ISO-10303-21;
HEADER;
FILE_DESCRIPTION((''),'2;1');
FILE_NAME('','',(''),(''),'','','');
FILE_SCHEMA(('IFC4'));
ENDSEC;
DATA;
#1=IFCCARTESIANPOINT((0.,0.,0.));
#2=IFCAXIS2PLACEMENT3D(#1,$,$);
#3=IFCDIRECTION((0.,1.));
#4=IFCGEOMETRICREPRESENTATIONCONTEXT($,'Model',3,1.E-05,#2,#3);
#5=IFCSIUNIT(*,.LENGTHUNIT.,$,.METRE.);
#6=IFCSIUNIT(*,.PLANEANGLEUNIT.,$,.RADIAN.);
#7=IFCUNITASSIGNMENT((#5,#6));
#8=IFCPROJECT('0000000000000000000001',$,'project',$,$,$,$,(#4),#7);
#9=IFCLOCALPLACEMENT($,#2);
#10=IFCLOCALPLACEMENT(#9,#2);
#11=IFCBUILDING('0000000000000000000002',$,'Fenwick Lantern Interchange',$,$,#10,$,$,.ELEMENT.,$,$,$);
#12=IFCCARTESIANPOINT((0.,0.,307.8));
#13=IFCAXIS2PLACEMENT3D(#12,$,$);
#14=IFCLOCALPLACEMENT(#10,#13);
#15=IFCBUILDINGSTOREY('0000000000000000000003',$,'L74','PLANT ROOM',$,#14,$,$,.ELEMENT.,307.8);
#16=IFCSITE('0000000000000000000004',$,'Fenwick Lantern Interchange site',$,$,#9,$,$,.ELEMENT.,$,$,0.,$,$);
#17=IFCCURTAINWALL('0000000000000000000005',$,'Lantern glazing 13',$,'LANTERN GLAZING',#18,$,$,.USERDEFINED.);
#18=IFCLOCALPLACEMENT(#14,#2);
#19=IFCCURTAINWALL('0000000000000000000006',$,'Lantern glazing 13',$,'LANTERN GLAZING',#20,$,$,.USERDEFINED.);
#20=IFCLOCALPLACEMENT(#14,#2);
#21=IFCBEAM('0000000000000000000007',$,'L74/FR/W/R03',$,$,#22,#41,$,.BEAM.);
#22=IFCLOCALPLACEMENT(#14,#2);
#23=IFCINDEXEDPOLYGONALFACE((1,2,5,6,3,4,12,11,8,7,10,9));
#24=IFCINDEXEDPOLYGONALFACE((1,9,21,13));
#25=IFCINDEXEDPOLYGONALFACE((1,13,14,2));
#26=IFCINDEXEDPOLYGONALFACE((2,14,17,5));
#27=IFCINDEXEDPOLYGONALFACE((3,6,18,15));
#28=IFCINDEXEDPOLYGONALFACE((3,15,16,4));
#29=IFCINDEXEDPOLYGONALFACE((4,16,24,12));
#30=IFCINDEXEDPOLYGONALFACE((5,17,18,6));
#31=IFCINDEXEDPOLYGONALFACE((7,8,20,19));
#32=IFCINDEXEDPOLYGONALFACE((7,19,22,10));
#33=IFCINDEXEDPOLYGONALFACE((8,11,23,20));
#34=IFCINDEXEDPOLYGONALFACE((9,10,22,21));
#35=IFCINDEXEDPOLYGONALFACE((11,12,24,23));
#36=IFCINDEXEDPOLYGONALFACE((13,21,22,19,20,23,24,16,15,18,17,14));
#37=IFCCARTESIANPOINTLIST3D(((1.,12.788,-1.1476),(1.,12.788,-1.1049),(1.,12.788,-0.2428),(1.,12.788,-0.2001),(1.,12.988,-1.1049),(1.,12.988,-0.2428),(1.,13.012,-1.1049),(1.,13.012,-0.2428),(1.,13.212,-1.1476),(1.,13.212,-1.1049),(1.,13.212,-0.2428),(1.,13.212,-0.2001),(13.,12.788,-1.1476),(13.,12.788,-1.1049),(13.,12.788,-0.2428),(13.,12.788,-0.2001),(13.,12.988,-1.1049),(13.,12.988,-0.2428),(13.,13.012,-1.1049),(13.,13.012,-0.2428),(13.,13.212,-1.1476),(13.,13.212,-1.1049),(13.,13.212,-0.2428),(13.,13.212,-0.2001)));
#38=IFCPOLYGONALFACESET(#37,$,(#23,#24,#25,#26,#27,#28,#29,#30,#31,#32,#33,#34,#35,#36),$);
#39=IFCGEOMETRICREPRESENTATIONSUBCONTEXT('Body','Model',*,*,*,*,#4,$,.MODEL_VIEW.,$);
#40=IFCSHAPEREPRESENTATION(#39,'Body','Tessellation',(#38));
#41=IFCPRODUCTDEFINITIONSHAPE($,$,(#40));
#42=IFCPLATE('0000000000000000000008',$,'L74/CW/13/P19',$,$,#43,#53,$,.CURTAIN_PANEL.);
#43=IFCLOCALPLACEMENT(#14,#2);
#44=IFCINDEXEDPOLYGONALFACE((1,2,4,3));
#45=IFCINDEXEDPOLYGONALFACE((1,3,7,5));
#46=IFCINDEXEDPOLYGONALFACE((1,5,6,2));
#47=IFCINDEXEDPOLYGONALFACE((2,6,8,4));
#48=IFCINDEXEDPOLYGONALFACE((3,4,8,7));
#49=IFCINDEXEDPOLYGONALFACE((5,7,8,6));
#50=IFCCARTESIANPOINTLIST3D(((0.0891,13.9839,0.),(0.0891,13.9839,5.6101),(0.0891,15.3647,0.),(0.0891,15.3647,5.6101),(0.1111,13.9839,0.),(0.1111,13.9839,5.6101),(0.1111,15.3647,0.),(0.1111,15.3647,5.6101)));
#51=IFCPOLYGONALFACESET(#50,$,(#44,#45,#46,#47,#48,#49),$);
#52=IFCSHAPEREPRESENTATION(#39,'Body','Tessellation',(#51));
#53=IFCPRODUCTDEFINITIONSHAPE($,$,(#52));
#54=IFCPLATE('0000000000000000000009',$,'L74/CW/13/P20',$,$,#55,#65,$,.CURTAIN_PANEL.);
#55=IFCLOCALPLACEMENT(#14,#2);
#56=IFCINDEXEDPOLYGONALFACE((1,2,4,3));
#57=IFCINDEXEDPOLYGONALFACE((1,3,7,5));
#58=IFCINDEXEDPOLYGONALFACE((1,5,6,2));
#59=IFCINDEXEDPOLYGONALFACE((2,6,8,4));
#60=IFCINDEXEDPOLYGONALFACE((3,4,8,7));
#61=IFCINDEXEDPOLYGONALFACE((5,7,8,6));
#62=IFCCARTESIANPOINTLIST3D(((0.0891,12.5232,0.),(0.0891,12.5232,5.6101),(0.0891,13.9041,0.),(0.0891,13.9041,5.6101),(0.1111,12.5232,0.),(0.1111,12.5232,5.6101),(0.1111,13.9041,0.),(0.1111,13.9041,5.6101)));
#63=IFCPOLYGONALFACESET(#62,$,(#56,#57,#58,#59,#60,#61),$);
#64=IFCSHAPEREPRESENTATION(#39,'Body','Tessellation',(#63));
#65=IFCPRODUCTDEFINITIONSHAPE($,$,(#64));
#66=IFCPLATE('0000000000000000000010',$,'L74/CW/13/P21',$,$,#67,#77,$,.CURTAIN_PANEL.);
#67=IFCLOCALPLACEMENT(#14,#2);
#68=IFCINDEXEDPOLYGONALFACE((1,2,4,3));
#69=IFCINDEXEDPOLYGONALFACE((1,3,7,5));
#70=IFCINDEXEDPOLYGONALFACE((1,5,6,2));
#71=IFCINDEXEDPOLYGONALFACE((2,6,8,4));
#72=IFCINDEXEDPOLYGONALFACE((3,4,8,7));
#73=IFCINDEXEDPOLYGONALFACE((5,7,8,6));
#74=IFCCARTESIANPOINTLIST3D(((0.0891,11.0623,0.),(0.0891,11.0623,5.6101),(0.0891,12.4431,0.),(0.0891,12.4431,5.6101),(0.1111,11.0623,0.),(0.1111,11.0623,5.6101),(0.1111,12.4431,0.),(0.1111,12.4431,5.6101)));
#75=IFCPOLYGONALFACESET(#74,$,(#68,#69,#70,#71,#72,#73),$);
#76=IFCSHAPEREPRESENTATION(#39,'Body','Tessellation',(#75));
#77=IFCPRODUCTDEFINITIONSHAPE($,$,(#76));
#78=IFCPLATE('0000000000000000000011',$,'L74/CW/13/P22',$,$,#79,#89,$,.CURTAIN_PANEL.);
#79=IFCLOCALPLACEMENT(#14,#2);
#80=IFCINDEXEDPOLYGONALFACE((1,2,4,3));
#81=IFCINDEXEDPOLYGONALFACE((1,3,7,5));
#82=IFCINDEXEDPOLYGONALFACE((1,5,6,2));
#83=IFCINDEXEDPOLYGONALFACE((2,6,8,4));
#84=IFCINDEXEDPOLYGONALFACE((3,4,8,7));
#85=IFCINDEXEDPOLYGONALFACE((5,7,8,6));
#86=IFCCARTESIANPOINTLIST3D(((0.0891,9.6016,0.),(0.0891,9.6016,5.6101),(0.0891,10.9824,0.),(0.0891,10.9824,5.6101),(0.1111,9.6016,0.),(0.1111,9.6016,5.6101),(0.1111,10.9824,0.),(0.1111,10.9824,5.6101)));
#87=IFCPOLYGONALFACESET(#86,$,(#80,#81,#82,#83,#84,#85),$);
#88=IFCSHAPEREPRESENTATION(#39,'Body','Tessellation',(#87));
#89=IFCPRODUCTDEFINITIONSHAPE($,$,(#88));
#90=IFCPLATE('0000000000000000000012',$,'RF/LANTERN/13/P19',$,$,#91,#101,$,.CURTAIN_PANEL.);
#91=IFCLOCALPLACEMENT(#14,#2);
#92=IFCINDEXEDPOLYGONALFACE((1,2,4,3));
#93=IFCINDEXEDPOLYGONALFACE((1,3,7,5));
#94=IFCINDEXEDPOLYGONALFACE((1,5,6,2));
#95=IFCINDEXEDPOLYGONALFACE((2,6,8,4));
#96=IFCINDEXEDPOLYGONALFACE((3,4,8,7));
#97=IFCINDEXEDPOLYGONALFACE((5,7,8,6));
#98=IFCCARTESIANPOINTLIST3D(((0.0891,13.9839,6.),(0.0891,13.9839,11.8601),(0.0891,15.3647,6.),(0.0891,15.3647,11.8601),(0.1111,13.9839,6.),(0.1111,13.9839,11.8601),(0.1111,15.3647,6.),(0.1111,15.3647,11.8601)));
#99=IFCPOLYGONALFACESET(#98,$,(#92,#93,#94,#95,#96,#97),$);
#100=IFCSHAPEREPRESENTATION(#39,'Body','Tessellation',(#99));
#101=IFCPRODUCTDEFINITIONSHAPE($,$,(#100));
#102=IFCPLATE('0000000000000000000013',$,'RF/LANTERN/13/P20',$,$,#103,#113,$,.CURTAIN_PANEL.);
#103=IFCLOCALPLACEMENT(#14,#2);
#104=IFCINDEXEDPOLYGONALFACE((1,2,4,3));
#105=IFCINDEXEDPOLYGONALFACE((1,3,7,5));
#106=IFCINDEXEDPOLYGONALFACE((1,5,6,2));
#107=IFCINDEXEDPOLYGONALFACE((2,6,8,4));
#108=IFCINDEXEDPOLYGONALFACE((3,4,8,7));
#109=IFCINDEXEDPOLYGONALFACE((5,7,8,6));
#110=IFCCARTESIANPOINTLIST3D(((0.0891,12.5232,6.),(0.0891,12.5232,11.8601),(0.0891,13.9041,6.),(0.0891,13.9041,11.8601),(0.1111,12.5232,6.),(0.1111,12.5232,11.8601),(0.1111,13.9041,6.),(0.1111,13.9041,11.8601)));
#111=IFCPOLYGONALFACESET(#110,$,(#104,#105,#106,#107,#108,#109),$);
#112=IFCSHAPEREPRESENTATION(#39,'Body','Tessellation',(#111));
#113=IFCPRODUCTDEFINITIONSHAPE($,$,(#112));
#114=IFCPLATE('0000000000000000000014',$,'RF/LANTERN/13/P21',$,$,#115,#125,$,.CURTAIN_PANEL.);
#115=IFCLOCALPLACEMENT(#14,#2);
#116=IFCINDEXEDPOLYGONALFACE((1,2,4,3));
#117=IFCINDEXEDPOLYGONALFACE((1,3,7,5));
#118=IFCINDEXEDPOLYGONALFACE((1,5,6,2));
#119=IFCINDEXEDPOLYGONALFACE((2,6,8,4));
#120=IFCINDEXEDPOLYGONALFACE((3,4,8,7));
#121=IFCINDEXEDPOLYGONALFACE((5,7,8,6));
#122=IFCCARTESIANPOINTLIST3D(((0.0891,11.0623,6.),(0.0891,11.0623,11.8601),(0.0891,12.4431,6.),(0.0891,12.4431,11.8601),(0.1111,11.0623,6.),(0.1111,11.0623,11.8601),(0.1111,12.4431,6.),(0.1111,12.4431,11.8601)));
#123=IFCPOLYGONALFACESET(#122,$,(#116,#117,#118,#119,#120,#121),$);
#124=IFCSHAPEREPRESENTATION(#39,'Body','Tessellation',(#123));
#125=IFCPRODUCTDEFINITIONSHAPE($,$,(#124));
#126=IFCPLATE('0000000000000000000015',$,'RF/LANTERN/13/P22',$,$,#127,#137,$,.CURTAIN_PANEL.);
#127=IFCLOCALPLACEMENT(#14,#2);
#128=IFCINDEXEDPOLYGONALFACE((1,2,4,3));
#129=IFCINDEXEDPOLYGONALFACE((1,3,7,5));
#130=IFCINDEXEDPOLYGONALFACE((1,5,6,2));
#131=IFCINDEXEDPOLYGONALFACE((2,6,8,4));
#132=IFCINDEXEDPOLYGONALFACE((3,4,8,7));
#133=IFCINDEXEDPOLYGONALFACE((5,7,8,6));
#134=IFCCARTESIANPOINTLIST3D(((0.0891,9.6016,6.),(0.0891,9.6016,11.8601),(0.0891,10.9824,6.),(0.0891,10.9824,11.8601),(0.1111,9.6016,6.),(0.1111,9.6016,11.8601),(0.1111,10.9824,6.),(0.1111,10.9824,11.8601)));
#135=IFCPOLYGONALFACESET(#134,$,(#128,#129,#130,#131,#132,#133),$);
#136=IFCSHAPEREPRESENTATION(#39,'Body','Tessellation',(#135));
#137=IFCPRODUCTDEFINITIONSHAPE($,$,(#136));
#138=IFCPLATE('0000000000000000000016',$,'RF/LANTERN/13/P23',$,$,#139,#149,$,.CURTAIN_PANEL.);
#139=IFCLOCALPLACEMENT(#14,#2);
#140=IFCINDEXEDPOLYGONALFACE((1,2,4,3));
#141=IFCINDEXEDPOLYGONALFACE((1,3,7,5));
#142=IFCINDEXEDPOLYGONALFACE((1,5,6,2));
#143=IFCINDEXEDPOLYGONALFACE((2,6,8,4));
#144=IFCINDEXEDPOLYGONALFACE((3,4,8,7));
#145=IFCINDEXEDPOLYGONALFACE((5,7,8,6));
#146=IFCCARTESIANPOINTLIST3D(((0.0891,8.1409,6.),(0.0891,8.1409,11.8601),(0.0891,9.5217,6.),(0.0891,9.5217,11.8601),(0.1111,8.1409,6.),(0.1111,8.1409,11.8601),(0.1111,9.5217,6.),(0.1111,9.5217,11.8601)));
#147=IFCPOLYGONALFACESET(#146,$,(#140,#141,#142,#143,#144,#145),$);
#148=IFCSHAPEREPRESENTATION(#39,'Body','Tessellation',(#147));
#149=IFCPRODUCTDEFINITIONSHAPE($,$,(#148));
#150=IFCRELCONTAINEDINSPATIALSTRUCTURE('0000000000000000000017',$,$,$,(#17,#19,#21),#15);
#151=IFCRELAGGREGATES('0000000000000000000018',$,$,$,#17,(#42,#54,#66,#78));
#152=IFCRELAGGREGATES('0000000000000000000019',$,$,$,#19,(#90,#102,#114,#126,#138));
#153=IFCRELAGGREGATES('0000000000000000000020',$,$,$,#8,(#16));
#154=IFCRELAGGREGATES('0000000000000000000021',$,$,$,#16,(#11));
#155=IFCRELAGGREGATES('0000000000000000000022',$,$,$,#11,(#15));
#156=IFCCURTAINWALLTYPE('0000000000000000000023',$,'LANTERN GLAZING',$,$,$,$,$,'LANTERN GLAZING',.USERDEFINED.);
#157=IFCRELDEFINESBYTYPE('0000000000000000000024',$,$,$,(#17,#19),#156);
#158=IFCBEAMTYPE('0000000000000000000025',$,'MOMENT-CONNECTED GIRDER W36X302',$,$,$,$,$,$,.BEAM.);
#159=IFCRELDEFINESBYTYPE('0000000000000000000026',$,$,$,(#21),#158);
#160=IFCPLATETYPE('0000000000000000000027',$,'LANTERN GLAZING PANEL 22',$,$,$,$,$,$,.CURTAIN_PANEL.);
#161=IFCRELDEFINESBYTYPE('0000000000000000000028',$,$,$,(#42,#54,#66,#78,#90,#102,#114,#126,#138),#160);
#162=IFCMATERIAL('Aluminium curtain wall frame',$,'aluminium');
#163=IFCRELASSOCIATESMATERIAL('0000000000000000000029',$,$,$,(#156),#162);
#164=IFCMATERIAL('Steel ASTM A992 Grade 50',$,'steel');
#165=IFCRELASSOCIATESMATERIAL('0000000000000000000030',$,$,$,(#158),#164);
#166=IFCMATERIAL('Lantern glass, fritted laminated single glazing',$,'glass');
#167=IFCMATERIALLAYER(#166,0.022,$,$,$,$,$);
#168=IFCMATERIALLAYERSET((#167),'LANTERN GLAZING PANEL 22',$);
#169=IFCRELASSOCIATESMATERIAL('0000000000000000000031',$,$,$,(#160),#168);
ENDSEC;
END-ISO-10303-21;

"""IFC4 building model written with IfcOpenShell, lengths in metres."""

from ifc_helpers import new_model, si_unit, direction, frame, origin, origin_2d, place, context, subcontext, project, spatial, rectangle, i_section, extrude, material, layer, layer_set, material_profile, profile_set, type_object, element, aggregate, save


model = new_model("IFC4")

# Units and contexts
model_context = context("Model", 3, precision=1e-05, world=origin(), true_north=direction((0.0, 1.0)))
body_context = subcontext(model_context, "Body", "Model", "MODEL_VIEW")
ifc_project = project(units=[si_unit("LENGTHUNIT", "METRE"), si_unit("PLANEANGLEUNIT", "RADIAN")], contexts=[model_context])

# Site, building, storey
site_placement = place(None, origin())
site = spatial("IfcSite", under=ifc_project, at=site_placement, Name="Fenwick Lantern Interchange site", CompositionType="ELEMENT", RefElevation=0.0)
building_placement = place(site_placement, origin())
building = spatial("IfcBuilding", under=site, at=building_placement, Name="Fenwick Lantern Interchange", CompositionType="ELEMENT")
storey_placement = place(building_placement, frame((0.0, 0.0, 307.8)))
storey = spatial("IfcBuildingStorey", under=building, at=storey_placement, Name="L74", Description="PLANT ROOM", CompositionType="ELEMENT", Elevation=307.8)

# Shared definitions
ifc_material_1 = material(Name="Steel ASTM A992 Grade 50", Category="steel")

# Curtain walls
ifc_material_2 = material(Name="Aluminium curtain wall frame", Category="aluminium")
curtain_wall_type = type_object("IfcCurtainWallType", Name="LANTERN GLAZING", ElementType="LANTERN GLAZING", PredefinedType="USERDEFINED", material=ifc_material_2)
curtain_wall_1_placement = place(storey_placement, origin())
curtain_wall_1 = element("IfcCurtainWall", 1, at=curtain_wall_1_placement, inside=storey, type_object=curtain_wall_type, Name="Lantern glazing 13", ObjectType="LANTERN GLAZING", PredefinedType="USERDEFINED")
curtain_wall_2_placement = place(storey_placement, origin())
curtain_wall_2 = element("IfcCurtainWall", 2, at=curtain_wall_2_placement, inside=storey, type_object=curtain_wall_type, Name="Lantern glazing 13", ObjectType="LANTERN GLAZING", PredefinedType="USERDEFINED")

# Beam
ifc_material_profile_1 = material_profile(ifc_material_1, i_section(OverallWidth=0.4241, OverallDepth=0.9475, WebThickness=0.0239, FlangeThickness=0.0427, at=origin_2d()), Name="W36X302")
ifc_profile_set_1 = profile_set([ifc_material_profile_1], Name="Steel ASTM A992 Grade 50")
beam_type_1 = type_object("IfcBeamType", Name="MOMENT-CONNECTED GIRDER W36X302", PredefinedType="BEAM", material=ifc_profile_set_1)
beam_1_placement = place(storey_placement, frame((1.0, 13.0, -0.6738), z_axis=(1.0, 0.0, 0.0), x_axis=(0.0, 1.0, 0.0)))
element("IfcBeam", 3, at=beam_1_placement, inside=storey, type_object=beam_type_1, Name="L74/FR/W/R03", PredefinedType="BEAM", context=body_context, shape_type="SweptSolid", body=[
    extrude(i_section(OverallWidth=0.4241, OverallDepth=0.9475, WebThickness=0.0239, FlangeThickness=0.0427, at=origin_2d()), origin(), (0.0, 0.0, 1.0), 12.0),
])

# Plates
ifc_material_3 = material(Name="Lantern glass, fritted laminated single glazing", Category="glass")
ifc_layer = layer(ifc_material_3, 0.022)
ifc_layer_set = layer_set([ifc_layer], Name="LANTERN GLAZING PANEL 22")
plate_type = type_object("IfcPlateType", Name="LANTERN GLAZING PANEL 22", PredefinedType="CURTAIN_PANEL", material=ifc_layer_set)
plate_1_placement = place(storey_placement, frame((0.1001, 14.6743, 0.0), z_axis=(0.0, 0.0, 1.0), x_axis=(0.0, -1.0, 0.0)))
plate_1 = element("IfcPlate", 4, at=plate_1_placement, type_object=plate_type, Name="L74/CW/13/P19", PredefinedType="CURTAIN_PANEL", context=body_context, shape_type="SweptSolid", body=[
    extrude(rectangle(XDim=1.3809, YDim=0.022, at=origin_2d()), origin(), (0.0, 0.0, 1.0), 5.6101),
])
plate_2_placement = place(storey_placement, frame((0.1001, 13.2136, 0.0), z_axis=(0.0, 0.0, 1.0), x_axis=(0.0, -1.0, 0.0)))
plate_2 = element("IfcPlate", 5, at=plate_2_placement, type_object=plate_type, Name="L74/CW/13/P20", PredefinedType="CURTAIN_PANEL", context=body_context, shape_type="SweptSolid", body=[
    extrude(rectangle(XDim=1.3809, YDim=0.022, at=origin_2d()), origin(), (0.0, 0.0, 1.0), 5.6101),
])
plate_3_placement = place(storey_placement, frame((0.1001, 11.7527, 0.0), z_axis=(0.0, 0.0, 1.0), x_axis=(0.0, -1.0, 0.0)))
plate_3 = element("IfcPlate", 6, at=plate_3_placement, type_object=plate_type, Name="L74/CW/13/P21", PredefinedType="CURTAIN_PANEL", context=body_context, shape_type="SweptSolid", body=[
    extrude(rectangle(XDim=1.3809, YDim=0.022, at=origin_2d()), origin(), (0.0, 0.0, 1.0), 5.6101),
])
plate_4_placement = place(storey_placement, frame((0.1001, 10.292, 0.0), z_axis=(0.0, 0.0, 1.0), x_axis=(0.0, -1.0, 0.0)))
plate_4 = element("IfcPlate", 7, at=plate_4_placement, type_object=plate_type, Name="L74/CW/13/P22", PredefinedType="CURTAIN_PANEL", context=body_context, shape_type="SweptSolid", body=[
    extrude(rectangle(XDim=1.3809, YDim=0.022, at=origin_2d()), origin(), (0.0, 0.0, 1.0), 5.6101),
])
aggregate(curtain_wall_1, [plate_1, plate_2, plate_3, plate_4])
plate_5_placement = place(storey_placement, frame((0.1001, 14.6743, 6.0), z_axis=(0.0, 0.0, 1.0), x_axis=(0.0, -1.0, 0.0)))
plate_5 = element("IfcPlate", 8, at=plate_5_placement, type_object=plate_type, Name="RF/LANTERN/13/P19", PredefinedType="CURTAIN_PANEL", context=body_context, shape_type="SweptSolid", body=[
    extrude(rectangle(XDim=1.3809, YDim=0.022, at=origin_2d()), origin(), (0.0, 0.0, 1.0), 5.8601),
])
plate_6_placement = place(storey_placement, frame((0.1001, 13.2136, 6.0), z_axis=(0.0, 0.0, 1.0), x_axis=(0.0, -1.0, 0.0)))
plate_6 = element("IfcPlate", 9, at=plate_6_placement, type_object=plate_type, Name="RF/LANTERN/13/P20", PredefinedType="CURTAIN_PANEL", context=body_context, shape_type="SweptSolid", body=[
    extrude(rectangle(XDim=1.3809, YDim=0.022, at=origin_2d()), origin(), (0.0, 0.0, 1.0), 5.8601),
])
plate_7_placement = place(storey_placement, frame((0.1001, 11.7527, 6.0), z_axis=(0.0, 0.0, 1.0), x_axis=(0.0, -1.0, 0.0)))
plate_7 = element("IfcPlate", 10, at=plate_7_placement, type_object=plate_type, Name="RF/LANTERN/13/P21", PredefinedType="CURTAIN_PANEL", context=body_context, shape_type="SweptSolid", body=[
    extrude(rectangle(XDim=1.3809, YDim=0.022, at=origin_2d()), origin(), (0.0, 0.0, 1.0), 5.8601),
])
plate_8_placement = place(storey_placement, frame((0.1001, 10.292, 6.0), z_axis=(0.0, 0.0, 1.0), x_axis=(0.0, -1.0, 0.0)))
plate_8 = element("IfcPlate", 11, at=plate_8_placement, type_object=plate_type, Name="RF/LANTERN/13/P22", PredefinedType="CURTAIN_PANEL", context=body_context, shape_type="SweptSolid", body=[
    extrude(rectangle(XDim=1.3809, YDim=0.022, at=origin_2d()), origin(), (0.0, 0.0, 1.0), 5.8601),
])
plate_9_placement = place(storey_placement, frame((0.1001, 8.8313, 6.0), z_axis=(0.0, 0.0, 1.0), x_axis=(0.0, -1.0, 0.0)))
plate_9 = element("IfcPlate", 12, at=plate_9_placement, type_object=plate_type, Name="RF/LANTERN/13/P23", PredefinedType="CURTAIN_PANEL", context=body_context, shape_type="SweptSolid", body=[
    extrude(rectangle(XDim=1.3809, YDim=0.022, at=origin_2d()), origin(), (0.0, 0.0, 1.0), 5.8601),
])
aggregate(curtain_wall_2, [plate_5, plate_6, plate_7, plate_8, plate_9])

save(model, "model.ifc")
